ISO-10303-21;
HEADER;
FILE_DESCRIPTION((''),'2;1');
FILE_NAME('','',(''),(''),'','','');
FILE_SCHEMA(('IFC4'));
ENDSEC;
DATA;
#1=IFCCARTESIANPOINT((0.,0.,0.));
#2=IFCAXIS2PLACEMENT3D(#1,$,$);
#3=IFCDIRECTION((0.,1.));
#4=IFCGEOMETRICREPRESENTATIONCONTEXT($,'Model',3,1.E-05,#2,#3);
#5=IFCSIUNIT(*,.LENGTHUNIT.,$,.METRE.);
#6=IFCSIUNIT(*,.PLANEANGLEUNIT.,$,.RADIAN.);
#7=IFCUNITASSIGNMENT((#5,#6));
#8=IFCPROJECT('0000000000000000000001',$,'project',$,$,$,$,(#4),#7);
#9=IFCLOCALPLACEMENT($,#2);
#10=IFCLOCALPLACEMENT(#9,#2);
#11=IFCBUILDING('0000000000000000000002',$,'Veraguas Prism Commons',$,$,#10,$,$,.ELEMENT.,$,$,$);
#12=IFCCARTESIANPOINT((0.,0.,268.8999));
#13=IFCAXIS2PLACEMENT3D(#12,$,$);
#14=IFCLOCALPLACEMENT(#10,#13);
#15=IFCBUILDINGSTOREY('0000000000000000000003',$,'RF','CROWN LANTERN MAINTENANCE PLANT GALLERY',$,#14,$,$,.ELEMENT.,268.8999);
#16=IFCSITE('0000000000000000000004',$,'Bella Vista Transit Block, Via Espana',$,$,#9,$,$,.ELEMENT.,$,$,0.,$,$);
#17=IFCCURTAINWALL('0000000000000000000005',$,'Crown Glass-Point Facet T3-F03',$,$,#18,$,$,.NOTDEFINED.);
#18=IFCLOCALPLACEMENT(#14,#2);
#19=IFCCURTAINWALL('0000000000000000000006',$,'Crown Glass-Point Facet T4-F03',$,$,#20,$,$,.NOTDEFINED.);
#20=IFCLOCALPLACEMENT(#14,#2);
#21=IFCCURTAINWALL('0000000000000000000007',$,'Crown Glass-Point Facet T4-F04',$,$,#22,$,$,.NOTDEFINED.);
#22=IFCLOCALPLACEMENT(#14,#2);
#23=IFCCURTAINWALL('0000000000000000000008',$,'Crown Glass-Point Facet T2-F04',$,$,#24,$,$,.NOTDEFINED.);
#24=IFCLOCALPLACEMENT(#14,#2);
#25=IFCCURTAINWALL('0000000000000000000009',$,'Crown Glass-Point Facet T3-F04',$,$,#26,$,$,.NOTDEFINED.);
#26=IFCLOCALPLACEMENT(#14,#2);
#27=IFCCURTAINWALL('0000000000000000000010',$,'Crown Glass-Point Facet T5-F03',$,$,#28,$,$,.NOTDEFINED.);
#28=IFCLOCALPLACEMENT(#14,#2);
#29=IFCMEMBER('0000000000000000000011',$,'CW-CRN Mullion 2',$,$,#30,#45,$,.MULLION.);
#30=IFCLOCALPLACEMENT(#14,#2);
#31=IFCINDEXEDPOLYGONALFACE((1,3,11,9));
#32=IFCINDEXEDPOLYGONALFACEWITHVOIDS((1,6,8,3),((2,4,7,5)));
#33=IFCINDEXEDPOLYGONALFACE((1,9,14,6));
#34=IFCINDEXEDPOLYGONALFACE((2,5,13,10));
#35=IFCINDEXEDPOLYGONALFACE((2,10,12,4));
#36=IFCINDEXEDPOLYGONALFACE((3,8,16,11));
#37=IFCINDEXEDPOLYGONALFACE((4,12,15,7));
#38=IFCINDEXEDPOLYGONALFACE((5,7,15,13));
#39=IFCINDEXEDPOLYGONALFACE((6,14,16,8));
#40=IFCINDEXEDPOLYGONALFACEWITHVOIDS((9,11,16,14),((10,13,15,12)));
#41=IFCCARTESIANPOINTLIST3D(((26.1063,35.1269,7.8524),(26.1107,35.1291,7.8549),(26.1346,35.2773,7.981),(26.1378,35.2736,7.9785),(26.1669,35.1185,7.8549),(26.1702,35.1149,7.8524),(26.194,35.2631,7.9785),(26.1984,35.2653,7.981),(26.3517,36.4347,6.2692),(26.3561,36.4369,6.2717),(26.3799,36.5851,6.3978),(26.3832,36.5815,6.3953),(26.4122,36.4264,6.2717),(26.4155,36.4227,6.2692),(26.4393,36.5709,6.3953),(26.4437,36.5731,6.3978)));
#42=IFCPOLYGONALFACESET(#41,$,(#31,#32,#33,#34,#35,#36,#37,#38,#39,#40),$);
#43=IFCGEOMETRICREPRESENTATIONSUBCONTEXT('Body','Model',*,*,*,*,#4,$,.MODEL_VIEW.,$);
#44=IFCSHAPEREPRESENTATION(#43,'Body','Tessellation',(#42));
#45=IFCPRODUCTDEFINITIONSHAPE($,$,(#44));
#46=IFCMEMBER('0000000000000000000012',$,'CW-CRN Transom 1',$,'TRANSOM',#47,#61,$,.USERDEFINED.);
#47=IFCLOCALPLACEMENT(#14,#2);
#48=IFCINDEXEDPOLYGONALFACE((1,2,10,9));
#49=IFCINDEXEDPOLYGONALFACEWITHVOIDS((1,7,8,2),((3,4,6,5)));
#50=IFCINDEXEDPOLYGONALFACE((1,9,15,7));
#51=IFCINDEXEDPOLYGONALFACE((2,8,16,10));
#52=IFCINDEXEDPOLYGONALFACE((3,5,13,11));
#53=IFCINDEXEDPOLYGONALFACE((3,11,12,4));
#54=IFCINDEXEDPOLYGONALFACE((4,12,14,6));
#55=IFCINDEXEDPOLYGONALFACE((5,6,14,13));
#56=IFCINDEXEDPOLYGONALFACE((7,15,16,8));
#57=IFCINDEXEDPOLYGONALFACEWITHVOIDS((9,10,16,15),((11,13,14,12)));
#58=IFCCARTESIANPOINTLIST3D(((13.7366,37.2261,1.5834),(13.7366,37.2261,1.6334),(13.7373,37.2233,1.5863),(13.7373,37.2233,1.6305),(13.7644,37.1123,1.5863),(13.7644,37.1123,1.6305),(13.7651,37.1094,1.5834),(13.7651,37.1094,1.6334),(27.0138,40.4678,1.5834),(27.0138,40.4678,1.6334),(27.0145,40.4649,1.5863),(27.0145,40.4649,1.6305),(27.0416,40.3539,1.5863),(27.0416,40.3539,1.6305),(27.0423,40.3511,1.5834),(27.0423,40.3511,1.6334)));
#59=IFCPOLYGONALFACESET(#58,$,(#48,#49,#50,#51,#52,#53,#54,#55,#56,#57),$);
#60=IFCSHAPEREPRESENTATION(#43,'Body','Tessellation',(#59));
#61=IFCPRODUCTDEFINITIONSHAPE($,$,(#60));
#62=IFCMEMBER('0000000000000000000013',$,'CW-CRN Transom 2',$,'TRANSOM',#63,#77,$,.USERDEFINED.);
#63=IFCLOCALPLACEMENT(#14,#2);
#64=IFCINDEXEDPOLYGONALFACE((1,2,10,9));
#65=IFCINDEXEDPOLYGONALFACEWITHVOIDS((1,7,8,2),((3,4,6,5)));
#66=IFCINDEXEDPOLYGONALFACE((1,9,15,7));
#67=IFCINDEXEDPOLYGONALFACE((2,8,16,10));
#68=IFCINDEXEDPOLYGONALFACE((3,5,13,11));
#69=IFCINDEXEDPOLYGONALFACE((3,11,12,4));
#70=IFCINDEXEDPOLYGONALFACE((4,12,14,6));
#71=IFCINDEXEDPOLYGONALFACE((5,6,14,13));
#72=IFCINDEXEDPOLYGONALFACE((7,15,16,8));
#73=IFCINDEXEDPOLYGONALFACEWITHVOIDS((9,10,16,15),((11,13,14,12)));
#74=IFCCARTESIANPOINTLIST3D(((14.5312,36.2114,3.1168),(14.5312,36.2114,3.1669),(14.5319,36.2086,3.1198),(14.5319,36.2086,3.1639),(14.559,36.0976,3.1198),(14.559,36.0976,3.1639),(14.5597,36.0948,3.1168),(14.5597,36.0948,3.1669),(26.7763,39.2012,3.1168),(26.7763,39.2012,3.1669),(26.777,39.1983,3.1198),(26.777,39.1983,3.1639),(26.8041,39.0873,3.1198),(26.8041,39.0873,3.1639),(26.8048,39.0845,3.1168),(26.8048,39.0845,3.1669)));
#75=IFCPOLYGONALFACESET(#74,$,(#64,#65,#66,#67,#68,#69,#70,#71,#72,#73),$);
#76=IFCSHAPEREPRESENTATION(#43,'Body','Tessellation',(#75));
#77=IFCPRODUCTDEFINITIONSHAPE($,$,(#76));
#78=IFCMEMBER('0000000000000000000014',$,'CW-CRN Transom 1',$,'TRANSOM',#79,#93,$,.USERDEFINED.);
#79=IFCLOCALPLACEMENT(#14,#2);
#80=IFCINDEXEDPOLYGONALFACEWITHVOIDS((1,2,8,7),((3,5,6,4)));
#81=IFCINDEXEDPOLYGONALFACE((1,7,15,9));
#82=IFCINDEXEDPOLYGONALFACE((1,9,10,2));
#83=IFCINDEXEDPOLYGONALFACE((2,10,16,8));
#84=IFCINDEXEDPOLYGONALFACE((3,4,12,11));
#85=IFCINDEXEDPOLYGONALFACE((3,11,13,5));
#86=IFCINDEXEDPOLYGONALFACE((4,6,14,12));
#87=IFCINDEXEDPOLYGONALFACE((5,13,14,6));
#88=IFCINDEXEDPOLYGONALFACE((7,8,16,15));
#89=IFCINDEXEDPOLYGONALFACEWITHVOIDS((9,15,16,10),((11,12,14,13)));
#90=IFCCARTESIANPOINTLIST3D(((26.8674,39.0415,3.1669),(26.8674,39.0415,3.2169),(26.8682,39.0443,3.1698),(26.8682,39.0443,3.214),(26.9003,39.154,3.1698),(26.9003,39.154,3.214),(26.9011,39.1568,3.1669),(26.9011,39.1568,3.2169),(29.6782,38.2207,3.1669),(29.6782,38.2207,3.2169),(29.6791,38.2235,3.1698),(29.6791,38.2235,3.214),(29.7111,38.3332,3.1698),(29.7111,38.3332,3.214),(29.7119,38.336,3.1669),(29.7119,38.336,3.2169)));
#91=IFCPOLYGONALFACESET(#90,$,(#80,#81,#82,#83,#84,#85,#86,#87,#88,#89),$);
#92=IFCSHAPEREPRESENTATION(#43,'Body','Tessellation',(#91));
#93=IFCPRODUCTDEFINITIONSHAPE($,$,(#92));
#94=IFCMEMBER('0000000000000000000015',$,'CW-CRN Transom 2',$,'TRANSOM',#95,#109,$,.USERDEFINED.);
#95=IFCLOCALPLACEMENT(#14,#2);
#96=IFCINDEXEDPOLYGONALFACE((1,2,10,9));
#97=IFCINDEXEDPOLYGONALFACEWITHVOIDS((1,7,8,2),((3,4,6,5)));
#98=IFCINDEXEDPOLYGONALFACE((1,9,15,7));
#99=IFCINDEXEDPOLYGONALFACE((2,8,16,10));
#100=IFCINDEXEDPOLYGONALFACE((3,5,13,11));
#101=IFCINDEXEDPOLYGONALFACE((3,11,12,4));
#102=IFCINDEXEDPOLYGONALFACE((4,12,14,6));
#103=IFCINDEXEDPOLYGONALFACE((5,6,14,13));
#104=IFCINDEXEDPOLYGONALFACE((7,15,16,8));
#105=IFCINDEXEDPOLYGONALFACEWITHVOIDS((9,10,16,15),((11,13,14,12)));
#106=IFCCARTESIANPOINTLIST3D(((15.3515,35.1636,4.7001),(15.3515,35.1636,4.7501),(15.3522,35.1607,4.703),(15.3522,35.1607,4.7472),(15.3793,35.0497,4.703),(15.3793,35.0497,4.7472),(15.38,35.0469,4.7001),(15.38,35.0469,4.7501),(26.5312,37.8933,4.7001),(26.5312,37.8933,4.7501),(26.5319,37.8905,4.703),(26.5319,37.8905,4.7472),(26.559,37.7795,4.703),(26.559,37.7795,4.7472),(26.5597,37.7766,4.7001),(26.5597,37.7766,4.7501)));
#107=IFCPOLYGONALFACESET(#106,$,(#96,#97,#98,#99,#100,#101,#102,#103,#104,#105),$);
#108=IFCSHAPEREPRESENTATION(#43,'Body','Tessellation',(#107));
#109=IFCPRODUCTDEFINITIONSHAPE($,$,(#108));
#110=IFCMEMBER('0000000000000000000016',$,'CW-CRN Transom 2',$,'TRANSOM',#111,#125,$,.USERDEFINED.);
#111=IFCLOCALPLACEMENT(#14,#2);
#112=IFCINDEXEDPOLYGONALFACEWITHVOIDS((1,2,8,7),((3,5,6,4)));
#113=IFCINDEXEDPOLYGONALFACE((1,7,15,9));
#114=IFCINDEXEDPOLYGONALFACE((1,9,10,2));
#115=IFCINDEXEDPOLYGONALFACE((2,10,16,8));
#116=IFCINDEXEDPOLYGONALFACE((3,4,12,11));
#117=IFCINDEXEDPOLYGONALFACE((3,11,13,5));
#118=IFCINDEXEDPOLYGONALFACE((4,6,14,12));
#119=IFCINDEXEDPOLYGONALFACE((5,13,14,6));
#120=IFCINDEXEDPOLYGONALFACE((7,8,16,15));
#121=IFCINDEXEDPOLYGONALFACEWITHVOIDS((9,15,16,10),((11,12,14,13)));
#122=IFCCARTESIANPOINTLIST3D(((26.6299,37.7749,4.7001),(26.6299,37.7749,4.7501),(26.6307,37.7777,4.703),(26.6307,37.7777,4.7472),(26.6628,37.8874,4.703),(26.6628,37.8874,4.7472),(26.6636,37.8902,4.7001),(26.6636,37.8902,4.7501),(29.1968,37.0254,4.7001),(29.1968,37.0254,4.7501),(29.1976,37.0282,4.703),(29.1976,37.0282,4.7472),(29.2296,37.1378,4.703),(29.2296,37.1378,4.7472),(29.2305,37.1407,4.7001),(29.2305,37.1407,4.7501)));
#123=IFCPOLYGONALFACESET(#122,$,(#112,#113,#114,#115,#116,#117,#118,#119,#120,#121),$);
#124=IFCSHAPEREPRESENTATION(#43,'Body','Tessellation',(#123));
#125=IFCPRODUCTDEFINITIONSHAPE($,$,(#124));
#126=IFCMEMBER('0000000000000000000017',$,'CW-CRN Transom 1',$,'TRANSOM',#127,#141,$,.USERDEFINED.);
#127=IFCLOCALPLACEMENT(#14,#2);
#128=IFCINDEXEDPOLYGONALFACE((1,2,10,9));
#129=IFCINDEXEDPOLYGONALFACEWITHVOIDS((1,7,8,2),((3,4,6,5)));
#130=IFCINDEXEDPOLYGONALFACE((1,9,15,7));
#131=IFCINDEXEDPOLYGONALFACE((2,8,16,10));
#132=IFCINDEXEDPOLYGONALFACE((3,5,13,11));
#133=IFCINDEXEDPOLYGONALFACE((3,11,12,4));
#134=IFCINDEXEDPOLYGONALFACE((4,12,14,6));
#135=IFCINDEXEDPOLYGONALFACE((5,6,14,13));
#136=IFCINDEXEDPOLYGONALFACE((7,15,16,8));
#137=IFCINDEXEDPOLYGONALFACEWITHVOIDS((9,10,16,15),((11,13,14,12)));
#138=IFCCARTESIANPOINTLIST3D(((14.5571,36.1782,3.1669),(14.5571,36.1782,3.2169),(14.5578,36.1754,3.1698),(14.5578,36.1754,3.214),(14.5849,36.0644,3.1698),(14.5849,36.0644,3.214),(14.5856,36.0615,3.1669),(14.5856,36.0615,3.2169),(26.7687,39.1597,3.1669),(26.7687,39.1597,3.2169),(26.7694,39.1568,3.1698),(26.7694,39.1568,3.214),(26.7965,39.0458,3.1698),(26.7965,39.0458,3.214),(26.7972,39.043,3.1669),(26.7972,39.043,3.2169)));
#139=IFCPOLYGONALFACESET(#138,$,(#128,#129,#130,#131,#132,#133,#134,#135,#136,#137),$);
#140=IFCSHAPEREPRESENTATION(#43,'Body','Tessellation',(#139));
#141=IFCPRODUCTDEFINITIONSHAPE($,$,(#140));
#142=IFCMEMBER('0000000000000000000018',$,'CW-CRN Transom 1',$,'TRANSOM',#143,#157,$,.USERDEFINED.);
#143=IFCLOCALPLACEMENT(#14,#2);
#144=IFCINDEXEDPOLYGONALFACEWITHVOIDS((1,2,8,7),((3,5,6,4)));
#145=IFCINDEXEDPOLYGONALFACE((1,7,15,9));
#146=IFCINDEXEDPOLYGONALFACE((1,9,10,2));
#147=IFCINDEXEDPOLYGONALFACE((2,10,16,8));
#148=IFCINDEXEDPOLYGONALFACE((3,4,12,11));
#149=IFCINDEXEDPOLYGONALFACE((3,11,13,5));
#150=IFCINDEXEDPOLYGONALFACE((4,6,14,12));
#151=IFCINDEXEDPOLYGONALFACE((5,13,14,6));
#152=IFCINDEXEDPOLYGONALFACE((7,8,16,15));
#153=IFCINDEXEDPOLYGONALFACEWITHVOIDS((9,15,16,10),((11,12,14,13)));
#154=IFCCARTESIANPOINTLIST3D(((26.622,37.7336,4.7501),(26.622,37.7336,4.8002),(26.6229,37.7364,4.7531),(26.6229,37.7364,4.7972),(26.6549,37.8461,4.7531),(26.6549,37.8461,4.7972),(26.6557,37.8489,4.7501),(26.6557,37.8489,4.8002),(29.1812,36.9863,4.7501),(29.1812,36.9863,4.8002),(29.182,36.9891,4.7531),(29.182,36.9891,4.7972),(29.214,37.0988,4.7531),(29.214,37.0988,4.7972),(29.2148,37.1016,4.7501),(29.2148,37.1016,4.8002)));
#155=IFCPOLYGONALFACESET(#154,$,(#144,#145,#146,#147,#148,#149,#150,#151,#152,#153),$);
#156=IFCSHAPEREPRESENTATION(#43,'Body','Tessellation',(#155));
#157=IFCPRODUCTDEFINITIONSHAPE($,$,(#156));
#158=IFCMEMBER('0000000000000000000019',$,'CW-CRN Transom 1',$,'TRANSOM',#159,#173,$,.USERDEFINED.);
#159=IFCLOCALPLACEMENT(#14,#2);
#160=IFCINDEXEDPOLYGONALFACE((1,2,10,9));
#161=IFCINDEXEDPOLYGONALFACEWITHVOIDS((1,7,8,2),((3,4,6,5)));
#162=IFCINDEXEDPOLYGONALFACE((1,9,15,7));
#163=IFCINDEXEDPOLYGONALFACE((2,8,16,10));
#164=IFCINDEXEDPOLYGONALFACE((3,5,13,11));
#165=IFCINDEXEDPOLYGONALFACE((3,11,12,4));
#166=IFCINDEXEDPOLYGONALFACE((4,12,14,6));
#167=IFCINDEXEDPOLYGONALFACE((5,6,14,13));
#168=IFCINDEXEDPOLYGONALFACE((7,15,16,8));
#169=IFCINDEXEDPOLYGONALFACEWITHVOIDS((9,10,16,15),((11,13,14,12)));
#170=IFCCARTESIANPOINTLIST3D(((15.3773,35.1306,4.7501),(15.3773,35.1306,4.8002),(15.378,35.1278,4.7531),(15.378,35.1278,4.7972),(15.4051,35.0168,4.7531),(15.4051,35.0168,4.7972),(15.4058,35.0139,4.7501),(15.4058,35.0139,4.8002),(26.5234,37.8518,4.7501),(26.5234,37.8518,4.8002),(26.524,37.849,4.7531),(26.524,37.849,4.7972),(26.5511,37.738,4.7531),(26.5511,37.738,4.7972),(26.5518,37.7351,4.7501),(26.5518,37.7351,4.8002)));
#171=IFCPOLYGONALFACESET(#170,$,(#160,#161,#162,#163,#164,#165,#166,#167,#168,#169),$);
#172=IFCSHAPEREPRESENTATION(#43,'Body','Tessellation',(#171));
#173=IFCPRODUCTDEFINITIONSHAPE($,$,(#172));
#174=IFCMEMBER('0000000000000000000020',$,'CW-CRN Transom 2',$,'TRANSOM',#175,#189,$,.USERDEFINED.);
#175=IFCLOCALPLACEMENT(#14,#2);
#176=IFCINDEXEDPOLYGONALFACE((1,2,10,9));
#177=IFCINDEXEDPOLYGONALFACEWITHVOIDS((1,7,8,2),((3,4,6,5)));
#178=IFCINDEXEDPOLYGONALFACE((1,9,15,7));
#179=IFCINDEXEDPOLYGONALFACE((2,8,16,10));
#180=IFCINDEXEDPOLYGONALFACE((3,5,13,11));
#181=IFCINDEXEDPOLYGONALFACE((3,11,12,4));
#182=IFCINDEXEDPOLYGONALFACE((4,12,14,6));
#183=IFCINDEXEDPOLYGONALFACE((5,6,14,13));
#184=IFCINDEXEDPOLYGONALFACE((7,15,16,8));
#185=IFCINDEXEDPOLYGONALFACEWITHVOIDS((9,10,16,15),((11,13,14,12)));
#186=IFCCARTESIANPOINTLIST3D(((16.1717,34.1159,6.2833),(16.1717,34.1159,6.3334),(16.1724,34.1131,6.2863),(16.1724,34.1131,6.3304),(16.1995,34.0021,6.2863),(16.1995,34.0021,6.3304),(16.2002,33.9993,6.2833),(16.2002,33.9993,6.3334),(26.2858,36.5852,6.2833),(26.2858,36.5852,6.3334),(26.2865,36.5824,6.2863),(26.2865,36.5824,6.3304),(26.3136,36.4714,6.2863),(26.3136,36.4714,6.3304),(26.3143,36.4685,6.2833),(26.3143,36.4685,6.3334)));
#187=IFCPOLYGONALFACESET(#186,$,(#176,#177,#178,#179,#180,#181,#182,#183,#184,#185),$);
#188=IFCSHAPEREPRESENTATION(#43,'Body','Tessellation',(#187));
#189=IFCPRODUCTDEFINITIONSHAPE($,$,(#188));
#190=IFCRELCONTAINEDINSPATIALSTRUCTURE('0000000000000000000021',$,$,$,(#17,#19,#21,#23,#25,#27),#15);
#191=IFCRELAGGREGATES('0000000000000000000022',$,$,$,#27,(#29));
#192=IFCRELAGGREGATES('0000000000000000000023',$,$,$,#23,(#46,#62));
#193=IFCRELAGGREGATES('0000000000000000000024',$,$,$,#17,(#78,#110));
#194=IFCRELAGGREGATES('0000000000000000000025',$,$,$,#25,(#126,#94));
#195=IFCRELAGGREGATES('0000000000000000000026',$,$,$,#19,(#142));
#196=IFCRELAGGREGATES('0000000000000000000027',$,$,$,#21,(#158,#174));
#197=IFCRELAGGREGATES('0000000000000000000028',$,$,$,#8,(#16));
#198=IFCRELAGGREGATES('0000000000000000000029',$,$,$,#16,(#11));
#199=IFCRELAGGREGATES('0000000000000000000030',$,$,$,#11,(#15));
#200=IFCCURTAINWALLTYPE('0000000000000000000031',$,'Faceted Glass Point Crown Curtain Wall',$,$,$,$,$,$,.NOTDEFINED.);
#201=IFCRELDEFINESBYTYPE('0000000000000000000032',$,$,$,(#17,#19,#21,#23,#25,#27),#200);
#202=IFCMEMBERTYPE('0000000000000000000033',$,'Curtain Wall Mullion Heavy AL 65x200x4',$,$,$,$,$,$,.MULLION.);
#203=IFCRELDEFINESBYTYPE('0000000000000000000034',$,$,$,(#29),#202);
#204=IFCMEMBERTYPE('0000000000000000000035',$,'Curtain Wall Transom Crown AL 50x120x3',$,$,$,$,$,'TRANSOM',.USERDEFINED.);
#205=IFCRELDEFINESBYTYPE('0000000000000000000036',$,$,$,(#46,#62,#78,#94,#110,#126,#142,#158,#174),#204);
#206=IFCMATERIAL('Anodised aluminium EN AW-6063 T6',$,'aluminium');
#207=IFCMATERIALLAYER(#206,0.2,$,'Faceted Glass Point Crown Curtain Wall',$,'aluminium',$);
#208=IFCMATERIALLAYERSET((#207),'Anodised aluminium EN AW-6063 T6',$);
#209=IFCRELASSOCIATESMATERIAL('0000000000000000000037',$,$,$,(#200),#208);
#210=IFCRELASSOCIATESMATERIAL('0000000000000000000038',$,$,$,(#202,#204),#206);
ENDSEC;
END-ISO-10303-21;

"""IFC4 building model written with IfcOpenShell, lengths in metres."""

from ifc_helpers import new_model, si_unit, direction, frame, origin, origin_2d, place, context, subcontext, project, spatial, hollow_rectangle, extrude, source, transform, mapped, material, layer, layer_set, material_profile, profile_set, type_object, element, aggregate, save


model = new_model("IFC4")

# Units and contexts
model_context = context("Model", 3, precision=1e-05, world=origin(), true_north=direction((0.0, 1.0)))
body_context = subcontext(model_context, "Body", "Model", "MODEL_VIEW")
ifc_project = project(units=[si_unit("LENGTHUNIT", "METRE"), si_unit("PLANEANGLEUNIT", "RADIAN")], contexts=[model_context])

# Site, building, storey
site_placement = place(None, origin())
site = spatial("IfcSite", under=ifc_project, at=site_placement, Name="Bella Vista Transit Block, Via Espana", CompositionType="ELEMENT", RefElevation=0.0)
building_placement = place(site_placement, origin())
building = spatial("IfcBuilding", under=site, at=building_placement, Name="Veraguas Prism Commons", CompositionType="ELEMENT")
storey_placement = place(building_placement, frame((0.0, 0.0, 268.8999)))
storey = spatial("IfcBuildingStorey", under=building, at=storey_placement, Name="RF", Description="CROWN LANTERN MAINTENANCE PLANT GALLERY", CompositionType="ELEMENT", Elevation=268.8999)

# Curtain wall
ifc_material_1 = material(Name="Anodised aluminium EN AW-6063 T6", Category="aluminium")
ifc_layer_1 = layer(ifc_material_1, 0.2, Name="Faceted Glass Point Crown Curtain Wall", Category="aluminium")
ifc_layer_set_1 = layer_set([ifc_layer_1], Name="Anodised aluminium EN AW-6063 T6")
curtain_wall_type = type_object("IfcCurtainWallType", Name="Faceted Glass Point Crown Curtain Wall", PredefinedType="NOTDEFINED", material=ifc_layer_set_1)
ifc_material_profile_1 = material_profile(ifc_material_1, hollow_rectangle(XDim=0.0649, YDim=0.2, WallThickness=0.0039, at=origin_2d()), Name="AL65X200X4")
ifc_profile_set_1 = profile_set([ifc_material_profile_1], Name="Anodised aluminium EN AW-6063 T6")
member_type_1 = type_object("IfcMemberType", Name="Curtain Wall Mullion Heavy AL 65x200x4", PredefinedType="MULLION", material=ifc_profile_set_1)
curtain_wall_1_placement = place(storey_placement, origin())
curtain_wall_1 = element("IfcCurtainWall", 1, at=curtain_wall_1_placement, inside=storey, type_object=curtain_wall_type, Name="Crown Glass-Point Facet T3-F03", PredefinedType="NOTDEFINED")

# Curtain wall
curtain_wall_2_placement = place(storey_placement, origin())
curtain_wall_2 = element("IfcCurtainWall", 2, at=curtain_wall_2_placement, inside=storey, type_object=curtain_wall_type, Name="Crown Glass-Point Facet T4-F03", PredefinedType="NOTDEFINED")

# Curtain wall
curtain_wall_3_placement = place(storey_placement, origin())
curtain_wall_3 = element("IfcCurtainWall", 3, at=curtain_wall_3_placement, inside=storey, type_object=curtain_wall_type, Name="Crown Glass-Point Facet T4-F04", PredefinedType="NOTDEFINED")

# Shared definitions
ifc_material_profile_2 = material_profile(ifc_material_1, hollow_rectangle(XDim=0.05, YDim=0.1201, WallThickness=0.0029, at=origin_2d()), Name="AL50X120X3")
ifc_profile_set_2 = profile_set([ifc_material_profile_2], Name="Anodised aluminium EN AW-6063 T6")
member_type_2 = type_object("IfcMemberType", Name="Curtain Wall Transom Crown AL 50x120x3", ElementType="TRANSOM", PredefinedType="USERDEFINED", material=ifc_profile_set_2)

# Curtain walls, member
shared_shape_1 = source(origin(), body_context, "Body", "SweptSolid", [
    extrude(hollow_rectangle(XDim=0.0649, YDim=0.2, WallThickness=0.0039, at=origin_2d()), origin(), (0.0, 0.0, 1.0), 2.0681),
])
curtain_wall_4_placement = place(storey_placement, origin())
curtain_wall_4 = element("IfcCurtainWall", 4, at=curtain_wall_4_placement, inside=storey, type_object=curtain_wall_type, Name="Crown Glass-Point Facet T2-F04", PredefinedType="NOTDEFINED")
curtain_wall_5_placement = place(storey_placement, origin())
curtain_wall_5 = element("IfcCurtainWall", 5, at=curtain_wall_5_placement, inside=storey, type_object=curtain_wall_type, Name="Crown Glass-Point Facet T3-F04", PredefinedType="NOTDEFINED")
curtain_wall_6_placement = place(storey_placement, origin())
curtain_wall_6 = element("IfcCurtainWall", 6, at=curtain_wall_6_placement, inside=storey, type_object=curtain_wall_type, Name="Crown Glass-Point Facet T5-F03", PredefinedType="NOTDEFINED")
member_1_placement = place(storey_placement, frame((26.3977, 36.5039, 6.3335), z_axis=(-0.118636, -0.632371, 0.765527), x_axis=(0.982853, -0.184388, 0.0)))
member_1 = element("IfcMember", 7, at=member_1_placement, type_object=member_type_1, Name="CW-CRN Mullion 2", PredefinedType="MULLION", context=body_context, shape_type="MappedRepresentation", body=[
    mapped(shared_shape_1, transform((0.0, 0.0, 0.0), scale=1.0)),
])
aggregate(curtain_wall_6, [member_1])

# Members
shared_shape_2 = source(origin(), body_context, "Body", "SweptSolid", [
    extrude(hollow_rectangle(XDim=0.05, YDim=0.1201, WallThickness=0.0029, at=origin_2d()), origin(), (0.0, 0.0, 1.0), 13.6672),
])
member_2_placement = place(storey_placement, frame((27.0281, 40.4094, 1.6084), z_axis=(-0.971464, -0.237186, 0.0), x_axis=(0.0, 0.0, 1.0)))
member_2 = element("IfcMember", 8, at=member_2_placement, type_object=member_type_2, Name="CW-CRN Transom 1", ObjectType="TRANSOM", PredefinedType="USERDEFINED", context=body_context, shape_type="MappedRepresentation", body=[
    mapped(shared_shape_2, transform((0.0, 0.0, 0.0), scale=1.0)),
])
shared_shape_3 = source(origin(), body_context, "Body", "SweptSolid", [
    extrude(hollow_rectangle(XDim=0.05, YDim=0.1201, WallThickness=0.0029, at=origin_2d()), origin(), (0.0, 0.0, 1.0), 12.6047),
])
member_3_placement = place(storey_placement, frame((26.7905, 39.1428, 3.1418), z_axis=(-0.971463, -0.237191, 0.0), x_axis=(0.0, 0.0, 1.0)))
member_3 = element("IfcMember", 9, at=member_3_placement, type_object=member_type_2, Name="CW-CRN Transom 2", ObjectType="TRANSOM", PredefinedType="USERDEFINED", context=body_context, shape_type="MappedRepresentation", body=[
    mapped(shared_shape_3, transform((0.0, 0.0, 0.0), scale=1.0)),
])
shared_shape_4 = source(origin(), body_context, "Body", "SweptSolid", [
    extrude(hollow_rectangle(XDim=0.05, YDim=0.1201, WallThickness=0.0029, at=origin_2d()), origin(), (0.0, 0.0, 1.0), 2.9282),
])
member_4_placement = place(storey_placement, frame((29.6951, 38.2783, 3.1919), z_axis=(-0.959909, 0.280311, 0.0), x_axis=(0.0, 0.0, 1.0)))
member_4 = element("IfcMember", 10, at=member_4_placement, type_object=member_type_2, Name="CW-CRN Transom 1", ObjectType="TRANSOM", PredefinedType="USERDEFINED", context=body_context, shape_type="MappedRepresentation", body=[
    mapped(shared_shape_4, transform((0.0, 0.0, 0.0), scale=1.0)),
])
shared_shape_5 = source(origin(), body_context, "Body", "SweptSolid", [
    extrude(hollow_rectangle(XDim=0.05, YDim=0.1201, WallThickness=0.0029, at=origin_2d()), origin(), (0.0, 0.0, 1.0), 11.5081),
])
member_5_placement = place(storey_placement, frame((26.5454, 37.835, 4.7251), z_axis=(-0.971461, -0.237201, 0.0), x_axis=(0.0, 0.0, 1.0)))
member_5 = element("IfcMember", 11, at=member_5_placement, type_object=member_type_2, Name="CW-CRN Transom 2", ObjectType="TRANSOM", PredefinedType="USERDEFINED", context=body_context, shape_type="MappedRepresentation", body=[
    mapped(shared_shape_5, transform((0.0, 0.0, 0.0), scale=1.0)),
])
shared_shape_6 = source(origin(), body_context, "Body", "SweptSolid", [
    extrude(hollow_rectangle(XDim=0.05, YDim=0.1201, WallThickness=0.0029, at=origin_2d()), origin(), (0.0, 0.0, 1.0), 2.6741),
])
member_6_placement = place(storey_placement, frame((29.2136, 37.083, 4.7251), z_axis=(-0.959916, 0.280287, 0.0), x_axis=(0.0, 0.0, 1.0)))
member_6 = element("IfcMember", 12, at=member_6_placement, type_object=member_type_2, Name="CW-CRN Transom 2", ObjectType="TRANSOM", PredefinedType="USERDEFINED", context=body_context, shape_type="MappedRepresentation", body=[
    mapped(shared_shape_6, transform((0.0, 0.0, 0.0), scale=1.0)),
])
shared_shape_7 = source(origin(), body_context, "Body", "SweptSolid", [
    extrude(hollow_rectangle(XDim=0.05, YDim=0.1201, WallThickness=0.0029, at=origin_2d()), origin(), (0.0, 0.0, 1.0), 12.5703),
])
member_7_placement = place(storey_placement, frame((26.783, 39.1013, 3.1919), z_axis=(-0.971466, -0.237181, 0.0), x_axis=(0.0, 0.0, 1.0)))
member_7 = element("IfcMember", 13, at=member_7_placement, type_object=member_type_2, Name="CW-CRN Transom 1", ObjectType="TRANSOM", PredefinedType="USERDEFINED", context=body_context, shape_type="MappedRepresentation", body=[
    mapped(shared_shape_7, transform((0.0, 0.0, 0.0), scale=1.0)),
])
shared_shape_8 = source(origin(), body_context, "Body", "SweptSolid", [
    extrude(hollow_rectangle(XDim=0.05, YDim=0.1201, WallThickness=0.0029, at=origin_2d()), origin(), (0.0, 0.0, 1.0), 2.666),
])
member_8_placement = place(storey_placement, frame((29.198, 37.0439, 4.7751), z_axis=(-0.959908, 0.280316, 0.0), x_axis=(0.0, 0.0, 1.0)))
member_8 = element("IfcMember", 14, at=member_8_placement, type_object=member_type_2, Name="CW-CRN Transom 1", ObjectType="TRANSOM", PredefinedType="USERDEFINED", context=body_context, shape_type="MappedRepresentation", body=[
    mapped(shared_shape_8, transform((0.0, 0.0, 0.0), scale=1.0)),
])
shared_shape_9 = source(origin(), body_context, "Body", "SweptSolid", [
    extrude(hollow_rectangle(XDim=0.05, YDim=0.1201, WallThickness=0.0029, at=origin_2d()), origin(), (0.0, 0.0, 1.0), 11.4734),
])
member_9_placement = place(storey_placement, frame((26.5376, 37.7935, 4.7751), z_axis=(-0.971467, -0.237175, 0.0), x_axis=(0.0, 0.0, 1.0)))
member_9 = element("IfcMember", 15, at=member_9_placement, type_object=member_type_2, Name="CW-CRN Transom 1", ObjectType="TRANSOM", PredefinedType="USERDEFINED", context=body_context, shape_type="MappedRepresentation", body=[
    mapped(shared_shape_9, transform((0.0, 0.0, 0.0), scale=1.0)),
])
shared_shape_10 = source(origin(), body_context, "Body", "SweptSolid", [
    extrude(hollow_rectangle(XDim=0.05, YDim=0.1201, WallThickness=0.0029, at=origin_2d()), origin(), (0.0, 0.0, 1.0), 10.4111),
])
member_10_placement = place(storey_placement, frame((26.3, 36.5269, 6.3083), z_axis=(-0.971467, -0.237174, 0.0), x_axis=(0.0, 0.0, 1.0)))
member_10 = element("IfcMember", 16, at=member_10_placement, type_object=member_type_2, Name="CW-CRN Transom 2", ObjectType="TRANSOM", PredefinedType="USERDEFINED", context=body_context, shape_type="MappedRepresentation", body=[
    mapped(shared_shape_10, transform((0.0, 0.0, 0.0), scale=1.0)),
])

aggregate(curtain_wall_4, [member_2, member_3])
aggregate(curtain_wall_1, [member_4, member_6])
aggregate(curtain_wall_5, [member_7, member_5])
aggregate(curtain_wall_2, [member_8])
aggregate(curtain_wall_3, [member_9, member_10])

save(model, "model.ifc")
